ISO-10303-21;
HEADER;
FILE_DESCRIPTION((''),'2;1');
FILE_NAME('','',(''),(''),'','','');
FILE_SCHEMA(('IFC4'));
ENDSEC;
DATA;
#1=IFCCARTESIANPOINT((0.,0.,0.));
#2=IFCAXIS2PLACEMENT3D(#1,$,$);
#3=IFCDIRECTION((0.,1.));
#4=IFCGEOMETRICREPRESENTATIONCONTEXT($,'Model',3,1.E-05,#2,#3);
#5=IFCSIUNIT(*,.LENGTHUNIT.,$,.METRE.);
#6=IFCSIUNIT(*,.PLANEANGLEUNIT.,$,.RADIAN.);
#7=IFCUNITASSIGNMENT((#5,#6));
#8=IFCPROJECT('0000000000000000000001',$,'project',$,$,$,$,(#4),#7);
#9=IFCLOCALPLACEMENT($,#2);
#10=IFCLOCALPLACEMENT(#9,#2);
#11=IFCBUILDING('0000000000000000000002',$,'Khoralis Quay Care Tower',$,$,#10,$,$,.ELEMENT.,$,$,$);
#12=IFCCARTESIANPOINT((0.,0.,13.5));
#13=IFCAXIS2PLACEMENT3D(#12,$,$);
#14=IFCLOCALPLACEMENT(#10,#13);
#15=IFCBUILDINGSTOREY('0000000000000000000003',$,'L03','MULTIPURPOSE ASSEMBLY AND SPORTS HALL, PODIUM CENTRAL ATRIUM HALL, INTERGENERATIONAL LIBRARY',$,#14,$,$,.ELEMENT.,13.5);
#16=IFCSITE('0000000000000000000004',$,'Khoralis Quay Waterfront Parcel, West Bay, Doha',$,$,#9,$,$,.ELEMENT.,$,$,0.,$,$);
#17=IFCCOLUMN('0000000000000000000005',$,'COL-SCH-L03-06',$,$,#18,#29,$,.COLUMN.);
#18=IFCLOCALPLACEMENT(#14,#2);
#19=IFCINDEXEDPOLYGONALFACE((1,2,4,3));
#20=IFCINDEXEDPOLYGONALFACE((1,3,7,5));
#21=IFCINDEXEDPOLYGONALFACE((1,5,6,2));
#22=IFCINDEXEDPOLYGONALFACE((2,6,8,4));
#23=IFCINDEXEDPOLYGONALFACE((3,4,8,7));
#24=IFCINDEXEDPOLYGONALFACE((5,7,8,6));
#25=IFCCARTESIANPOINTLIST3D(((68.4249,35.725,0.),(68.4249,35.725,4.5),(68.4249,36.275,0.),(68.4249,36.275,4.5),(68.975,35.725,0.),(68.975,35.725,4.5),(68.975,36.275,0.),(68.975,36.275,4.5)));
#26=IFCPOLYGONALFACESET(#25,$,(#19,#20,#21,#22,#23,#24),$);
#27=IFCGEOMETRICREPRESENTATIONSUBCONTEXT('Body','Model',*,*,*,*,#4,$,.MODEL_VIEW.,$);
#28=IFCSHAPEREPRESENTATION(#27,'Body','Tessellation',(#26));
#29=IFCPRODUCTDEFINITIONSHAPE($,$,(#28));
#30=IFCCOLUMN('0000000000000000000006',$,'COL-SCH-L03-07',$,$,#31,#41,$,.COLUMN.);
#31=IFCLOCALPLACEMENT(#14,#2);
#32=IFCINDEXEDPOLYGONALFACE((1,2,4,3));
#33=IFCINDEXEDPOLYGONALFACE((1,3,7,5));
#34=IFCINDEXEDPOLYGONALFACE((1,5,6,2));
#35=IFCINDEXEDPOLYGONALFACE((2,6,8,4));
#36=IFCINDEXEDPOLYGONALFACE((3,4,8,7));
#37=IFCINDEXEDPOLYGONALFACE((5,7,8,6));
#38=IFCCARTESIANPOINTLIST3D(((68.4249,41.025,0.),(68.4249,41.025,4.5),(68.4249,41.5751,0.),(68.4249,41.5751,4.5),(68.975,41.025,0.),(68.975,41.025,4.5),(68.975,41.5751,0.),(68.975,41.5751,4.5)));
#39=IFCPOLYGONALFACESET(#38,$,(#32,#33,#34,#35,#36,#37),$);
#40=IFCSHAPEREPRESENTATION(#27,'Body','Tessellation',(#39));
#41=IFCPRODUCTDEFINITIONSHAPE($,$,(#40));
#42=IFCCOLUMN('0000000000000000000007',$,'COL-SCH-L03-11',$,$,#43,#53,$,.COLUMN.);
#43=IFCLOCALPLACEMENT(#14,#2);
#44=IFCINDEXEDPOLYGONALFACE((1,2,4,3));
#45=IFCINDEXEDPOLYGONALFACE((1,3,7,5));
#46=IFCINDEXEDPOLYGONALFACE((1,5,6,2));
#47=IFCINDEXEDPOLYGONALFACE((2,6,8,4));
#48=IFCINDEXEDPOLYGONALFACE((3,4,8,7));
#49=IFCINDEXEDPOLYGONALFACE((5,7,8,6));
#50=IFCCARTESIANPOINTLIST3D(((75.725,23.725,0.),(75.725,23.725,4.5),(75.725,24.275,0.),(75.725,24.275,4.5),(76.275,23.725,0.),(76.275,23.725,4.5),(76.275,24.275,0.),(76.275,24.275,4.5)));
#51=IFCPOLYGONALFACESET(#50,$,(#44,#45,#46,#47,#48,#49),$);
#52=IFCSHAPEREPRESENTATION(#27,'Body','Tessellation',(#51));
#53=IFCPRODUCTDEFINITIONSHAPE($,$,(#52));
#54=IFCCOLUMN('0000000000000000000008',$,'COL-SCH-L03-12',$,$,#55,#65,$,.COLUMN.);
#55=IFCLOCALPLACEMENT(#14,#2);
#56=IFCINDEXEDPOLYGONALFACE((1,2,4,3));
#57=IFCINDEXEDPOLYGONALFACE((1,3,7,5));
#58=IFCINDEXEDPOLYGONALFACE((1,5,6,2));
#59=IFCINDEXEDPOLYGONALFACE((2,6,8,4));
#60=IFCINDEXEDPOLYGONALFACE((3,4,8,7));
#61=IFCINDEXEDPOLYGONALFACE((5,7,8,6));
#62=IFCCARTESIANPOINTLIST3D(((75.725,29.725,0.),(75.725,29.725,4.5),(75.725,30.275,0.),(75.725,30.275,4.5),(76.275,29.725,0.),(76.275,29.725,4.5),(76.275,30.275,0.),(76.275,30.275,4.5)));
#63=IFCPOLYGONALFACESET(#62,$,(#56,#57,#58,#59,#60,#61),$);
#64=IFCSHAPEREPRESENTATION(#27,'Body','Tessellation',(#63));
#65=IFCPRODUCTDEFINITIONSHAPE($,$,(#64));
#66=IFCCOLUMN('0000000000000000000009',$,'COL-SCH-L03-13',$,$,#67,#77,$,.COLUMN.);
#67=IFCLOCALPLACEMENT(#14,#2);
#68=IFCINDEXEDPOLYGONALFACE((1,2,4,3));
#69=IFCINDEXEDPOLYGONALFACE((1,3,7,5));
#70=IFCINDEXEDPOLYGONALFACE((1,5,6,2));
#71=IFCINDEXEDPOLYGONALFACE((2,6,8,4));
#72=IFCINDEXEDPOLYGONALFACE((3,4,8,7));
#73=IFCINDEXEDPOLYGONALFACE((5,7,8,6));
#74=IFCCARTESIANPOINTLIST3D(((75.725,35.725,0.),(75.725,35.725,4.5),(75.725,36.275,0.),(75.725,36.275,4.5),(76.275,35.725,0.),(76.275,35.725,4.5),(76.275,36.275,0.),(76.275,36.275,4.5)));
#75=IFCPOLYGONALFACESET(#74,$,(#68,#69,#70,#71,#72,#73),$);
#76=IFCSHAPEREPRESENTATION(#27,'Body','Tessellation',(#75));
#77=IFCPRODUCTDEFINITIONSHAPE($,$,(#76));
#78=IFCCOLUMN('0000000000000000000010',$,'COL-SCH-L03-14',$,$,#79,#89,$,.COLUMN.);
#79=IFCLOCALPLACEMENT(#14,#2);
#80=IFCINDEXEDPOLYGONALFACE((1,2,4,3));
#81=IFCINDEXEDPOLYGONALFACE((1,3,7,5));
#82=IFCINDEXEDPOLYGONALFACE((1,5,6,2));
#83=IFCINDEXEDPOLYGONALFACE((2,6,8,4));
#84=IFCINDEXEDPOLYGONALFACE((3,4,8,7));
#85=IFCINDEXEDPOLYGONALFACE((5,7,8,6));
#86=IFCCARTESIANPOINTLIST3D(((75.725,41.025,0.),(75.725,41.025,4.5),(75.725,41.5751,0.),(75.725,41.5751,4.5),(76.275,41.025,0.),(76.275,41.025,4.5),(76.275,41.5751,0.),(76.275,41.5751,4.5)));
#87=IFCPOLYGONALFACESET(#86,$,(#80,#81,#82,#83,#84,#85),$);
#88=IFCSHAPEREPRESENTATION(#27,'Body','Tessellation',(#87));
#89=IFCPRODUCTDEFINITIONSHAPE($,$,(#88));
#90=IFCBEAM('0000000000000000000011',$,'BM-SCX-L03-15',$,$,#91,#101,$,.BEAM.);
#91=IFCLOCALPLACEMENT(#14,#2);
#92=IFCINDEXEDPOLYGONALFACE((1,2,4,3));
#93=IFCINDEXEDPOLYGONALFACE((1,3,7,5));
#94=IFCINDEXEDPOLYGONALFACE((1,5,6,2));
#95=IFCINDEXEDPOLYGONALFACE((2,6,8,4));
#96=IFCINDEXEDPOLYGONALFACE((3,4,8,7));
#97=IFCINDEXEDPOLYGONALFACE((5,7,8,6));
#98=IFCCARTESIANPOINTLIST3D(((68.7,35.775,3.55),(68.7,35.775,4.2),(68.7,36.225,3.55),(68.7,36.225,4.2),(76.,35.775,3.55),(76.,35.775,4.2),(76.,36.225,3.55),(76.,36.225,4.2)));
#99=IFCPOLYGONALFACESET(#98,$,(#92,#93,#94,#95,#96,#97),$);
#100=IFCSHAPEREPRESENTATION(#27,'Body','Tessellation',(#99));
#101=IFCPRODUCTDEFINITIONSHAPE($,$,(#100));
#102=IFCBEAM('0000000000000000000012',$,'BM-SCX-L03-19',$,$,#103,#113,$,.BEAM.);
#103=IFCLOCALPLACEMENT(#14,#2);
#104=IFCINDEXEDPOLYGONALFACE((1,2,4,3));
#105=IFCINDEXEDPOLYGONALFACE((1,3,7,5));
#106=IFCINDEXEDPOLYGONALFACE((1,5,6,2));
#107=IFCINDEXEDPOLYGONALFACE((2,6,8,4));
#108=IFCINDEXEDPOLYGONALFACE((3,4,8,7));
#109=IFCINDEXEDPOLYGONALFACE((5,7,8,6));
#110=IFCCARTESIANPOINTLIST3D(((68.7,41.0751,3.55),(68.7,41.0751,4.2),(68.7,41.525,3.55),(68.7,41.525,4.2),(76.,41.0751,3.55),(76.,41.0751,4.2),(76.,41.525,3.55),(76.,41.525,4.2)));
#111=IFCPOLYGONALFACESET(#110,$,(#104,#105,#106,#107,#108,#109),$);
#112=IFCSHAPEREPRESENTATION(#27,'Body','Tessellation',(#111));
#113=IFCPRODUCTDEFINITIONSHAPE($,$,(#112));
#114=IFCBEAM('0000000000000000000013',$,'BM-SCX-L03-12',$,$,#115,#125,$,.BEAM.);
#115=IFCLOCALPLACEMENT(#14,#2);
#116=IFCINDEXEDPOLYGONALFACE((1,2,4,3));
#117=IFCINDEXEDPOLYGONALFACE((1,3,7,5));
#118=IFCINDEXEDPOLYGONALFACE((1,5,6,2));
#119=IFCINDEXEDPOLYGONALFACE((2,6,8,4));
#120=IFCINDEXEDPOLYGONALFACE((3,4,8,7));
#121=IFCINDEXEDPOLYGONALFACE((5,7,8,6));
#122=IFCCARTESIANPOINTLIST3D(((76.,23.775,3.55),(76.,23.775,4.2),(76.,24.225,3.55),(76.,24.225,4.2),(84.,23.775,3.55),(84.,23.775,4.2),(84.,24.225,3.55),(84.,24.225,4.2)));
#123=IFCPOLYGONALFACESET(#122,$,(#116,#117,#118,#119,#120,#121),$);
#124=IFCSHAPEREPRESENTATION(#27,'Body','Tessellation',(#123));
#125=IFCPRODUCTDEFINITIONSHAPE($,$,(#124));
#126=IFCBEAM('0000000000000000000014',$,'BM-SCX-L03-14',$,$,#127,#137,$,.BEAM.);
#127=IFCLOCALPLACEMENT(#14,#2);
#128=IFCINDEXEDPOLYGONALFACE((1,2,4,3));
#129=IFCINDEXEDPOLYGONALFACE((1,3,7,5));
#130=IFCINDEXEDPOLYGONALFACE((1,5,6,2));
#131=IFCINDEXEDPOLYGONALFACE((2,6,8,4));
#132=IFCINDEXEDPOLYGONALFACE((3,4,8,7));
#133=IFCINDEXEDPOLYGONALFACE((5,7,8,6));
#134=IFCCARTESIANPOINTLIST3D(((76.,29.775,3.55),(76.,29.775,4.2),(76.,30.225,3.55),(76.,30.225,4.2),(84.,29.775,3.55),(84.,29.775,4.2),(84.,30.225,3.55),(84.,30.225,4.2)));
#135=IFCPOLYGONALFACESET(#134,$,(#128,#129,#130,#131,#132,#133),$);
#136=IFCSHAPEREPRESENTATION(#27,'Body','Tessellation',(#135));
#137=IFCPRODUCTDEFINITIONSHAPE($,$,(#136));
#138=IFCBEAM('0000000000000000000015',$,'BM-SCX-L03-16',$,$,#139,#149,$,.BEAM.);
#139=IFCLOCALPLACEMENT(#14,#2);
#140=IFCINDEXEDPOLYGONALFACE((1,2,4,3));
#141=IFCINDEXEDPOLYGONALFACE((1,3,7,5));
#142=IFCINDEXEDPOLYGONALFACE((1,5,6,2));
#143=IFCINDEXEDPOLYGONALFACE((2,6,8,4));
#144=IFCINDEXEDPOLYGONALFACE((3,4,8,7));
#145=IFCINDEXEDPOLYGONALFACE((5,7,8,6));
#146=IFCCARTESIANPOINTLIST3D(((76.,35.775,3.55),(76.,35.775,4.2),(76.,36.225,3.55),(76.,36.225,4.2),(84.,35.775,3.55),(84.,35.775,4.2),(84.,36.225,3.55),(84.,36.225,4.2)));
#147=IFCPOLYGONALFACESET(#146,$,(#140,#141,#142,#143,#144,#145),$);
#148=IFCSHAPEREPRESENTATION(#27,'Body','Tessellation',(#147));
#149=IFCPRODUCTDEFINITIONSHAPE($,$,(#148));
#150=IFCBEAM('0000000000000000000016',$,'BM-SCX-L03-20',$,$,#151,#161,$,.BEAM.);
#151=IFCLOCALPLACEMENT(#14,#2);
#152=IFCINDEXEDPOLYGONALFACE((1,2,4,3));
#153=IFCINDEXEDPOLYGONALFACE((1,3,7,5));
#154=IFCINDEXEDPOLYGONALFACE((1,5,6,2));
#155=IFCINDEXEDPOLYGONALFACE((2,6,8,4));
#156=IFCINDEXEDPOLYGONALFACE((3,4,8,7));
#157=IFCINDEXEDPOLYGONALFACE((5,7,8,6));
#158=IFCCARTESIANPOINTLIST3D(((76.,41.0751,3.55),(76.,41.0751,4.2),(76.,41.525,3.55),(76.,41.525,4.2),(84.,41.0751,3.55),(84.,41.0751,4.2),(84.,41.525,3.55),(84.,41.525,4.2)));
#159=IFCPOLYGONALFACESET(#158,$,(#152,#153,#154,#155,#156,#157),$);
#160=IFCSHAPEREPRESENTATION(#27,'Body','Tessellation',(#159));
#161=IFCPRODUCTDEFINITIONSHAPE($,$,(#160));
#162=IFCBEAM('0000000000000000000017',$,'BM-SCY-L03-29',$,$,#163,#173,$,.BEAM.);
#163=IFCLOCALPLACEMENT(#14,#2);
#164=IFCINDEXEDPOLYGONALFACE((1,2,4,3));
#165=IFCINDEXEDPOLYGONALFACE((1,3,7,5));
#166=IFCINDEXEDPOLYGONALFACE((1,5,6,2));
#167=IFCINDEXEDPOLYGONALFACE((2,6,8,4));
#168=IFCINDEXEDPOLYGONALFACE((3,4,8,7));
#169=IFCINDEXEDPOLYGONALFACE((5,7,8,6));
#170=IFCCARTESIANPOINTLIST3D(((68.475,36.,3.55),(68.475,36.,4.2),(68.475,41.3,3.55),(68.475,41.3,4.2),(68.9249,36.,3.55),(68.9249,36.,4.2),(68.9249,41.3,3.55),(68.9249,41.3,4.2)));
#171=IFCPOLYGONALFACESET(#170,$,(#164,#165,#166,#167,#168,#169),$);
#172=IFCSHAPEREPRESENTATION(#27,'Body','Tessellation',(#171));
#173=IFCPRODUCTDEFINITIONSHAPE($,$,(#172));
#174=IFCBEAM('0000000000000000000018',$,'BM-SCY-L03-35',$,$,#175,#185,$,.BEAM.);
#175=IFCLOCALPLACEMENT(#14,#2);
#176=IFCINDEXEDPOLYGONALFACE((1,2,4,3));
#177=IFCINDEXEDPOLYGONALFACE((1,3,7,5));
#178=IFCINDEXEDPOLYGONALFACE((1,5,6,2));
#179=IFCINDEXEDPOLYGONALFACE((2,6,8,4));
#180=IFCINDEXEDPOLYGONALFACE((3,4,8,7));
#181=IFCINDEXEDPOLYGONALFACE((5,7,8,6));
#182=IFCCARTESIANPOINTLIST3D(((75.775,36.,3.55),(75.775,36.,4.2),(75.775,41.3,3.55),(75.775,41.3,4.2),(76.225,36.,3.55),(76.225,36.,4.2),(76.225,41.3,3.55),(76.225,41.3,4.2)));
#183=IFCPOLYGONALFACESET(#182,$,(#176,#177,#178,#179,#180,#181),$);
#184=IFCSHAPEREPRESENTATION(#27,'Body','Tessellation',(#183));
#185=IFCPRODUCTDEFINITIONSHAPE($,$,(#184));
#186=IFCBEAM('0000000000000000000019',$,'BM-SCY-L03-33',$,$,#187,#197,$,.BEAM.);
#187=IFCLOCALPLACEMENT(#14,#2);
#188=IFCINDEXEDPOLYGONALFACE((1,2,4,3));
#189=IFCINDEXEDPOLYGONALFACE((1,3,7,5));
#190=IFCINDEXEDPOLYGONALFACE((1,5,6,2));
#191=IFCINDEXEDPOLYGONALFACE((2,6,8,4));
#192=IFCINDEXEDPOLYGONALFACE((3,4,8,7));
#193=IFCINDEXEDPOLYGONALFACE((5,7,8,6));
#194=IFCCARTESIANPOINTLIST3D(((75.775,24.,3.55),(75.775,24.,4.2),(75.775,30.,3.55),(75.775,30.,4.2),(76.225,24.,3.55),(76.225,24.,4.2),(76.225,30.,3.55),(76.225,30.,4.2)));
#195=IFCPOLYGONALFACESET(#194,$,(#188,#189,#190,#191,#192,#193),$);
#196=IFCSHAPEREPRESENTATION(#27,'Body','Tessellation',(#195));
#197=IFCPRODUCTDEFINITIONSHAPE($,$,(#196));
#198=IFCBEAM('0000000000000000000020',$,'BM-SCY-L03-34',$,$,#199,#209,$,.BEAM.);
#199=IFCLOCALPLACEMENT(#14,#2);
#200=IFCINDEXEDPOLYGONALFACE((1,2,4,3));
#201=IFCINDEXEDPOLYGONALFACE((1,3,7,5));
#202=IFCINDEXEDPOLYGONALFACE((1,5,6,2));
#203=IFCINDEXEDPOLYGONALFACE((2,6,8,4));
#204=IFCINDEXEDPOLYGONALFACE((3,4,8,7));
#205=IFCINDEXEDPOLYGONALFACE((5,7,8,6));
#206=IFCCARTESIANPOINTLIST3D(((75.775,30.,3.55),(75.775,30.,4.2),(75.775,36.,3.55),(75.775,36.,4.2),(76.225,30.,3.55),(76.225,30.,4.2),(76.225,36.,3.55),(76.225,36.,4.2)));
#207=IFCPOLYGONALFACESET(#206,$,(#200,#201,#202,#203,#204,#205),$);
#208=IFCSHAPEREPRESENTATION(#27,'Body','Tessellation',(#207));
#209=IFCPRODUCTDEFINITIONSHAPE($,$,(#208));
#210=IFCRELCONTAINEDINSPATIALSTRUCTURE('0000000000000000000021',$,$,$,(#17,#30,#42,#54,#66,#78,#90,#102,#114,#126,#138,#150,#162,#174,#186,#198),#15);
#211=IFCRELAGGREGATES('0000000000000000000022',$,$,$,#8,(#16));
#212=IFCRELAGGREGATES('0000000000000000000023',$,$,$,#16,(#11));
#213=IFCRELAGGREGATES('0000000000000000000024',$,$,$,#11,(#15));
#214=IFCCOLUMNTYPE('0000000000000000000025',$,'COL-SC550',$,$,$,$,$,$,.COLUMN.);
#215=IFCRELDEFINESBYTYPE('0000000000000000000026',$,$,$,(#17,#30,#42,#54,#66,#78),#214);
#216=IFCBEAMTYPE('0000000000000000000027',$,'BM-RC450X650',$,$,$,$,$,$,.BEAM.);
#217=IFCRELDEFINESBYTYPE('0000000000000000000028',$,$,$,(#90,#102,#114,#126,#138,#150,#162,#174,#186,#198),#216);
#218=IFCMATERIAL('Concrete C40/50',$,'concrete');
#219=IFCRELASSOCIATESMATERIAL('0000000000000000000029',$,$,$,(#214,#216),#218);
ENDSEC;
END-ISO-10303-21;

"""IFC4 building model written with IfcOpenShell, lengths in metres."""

from ifc_helpers import new_model, si_unit, direction, frame, origin, origin_2d, place, context, subcontext, project, spatial, rectangle, extrude, source, transform, mapped, material, material_profile, profile_set, type_object, element, save


model = new_model("IFC4")

# Units and contexts
model_context = context("Model", 3, precision=1e-05, world=origin(), true_north=direction((0.0, 1.0)))
body_context = subcontext(model_context, "Body", "Model", "MODEL_VIEW")
ifc_project = project(units=[si_unit("LENGTHUNIT", "METRE"), si_unit("PLANEANGLEUNIT", "RADIAN")], contexts=[model_context])

# Site, building, storey
site_placement = place(None, origin())
site = spatial("IfcSite", under=ifc_project, at=site_placement, Name="Khoralis Quay Waterfront Parcel, West Bay, Doha", CompositionType="ELEMENT", RefElevation=0.0)
building_placement = place(site_placement, origin())
building = spatial("IfcBuilding", under=site, at=building_placement, Name="Khoralis Quay Care Tower", CompositionType="ELEMENT")
storey_placement = place(building_placement, frame((0.0, 0.0, 13.5)))
storey = spatial("IfcBuildingStorey", under=building, at=storey_placement, Name="L03", Description="MULTIPURPOSE ASSEMBLY AND SPORTS HALL, PODIUM CENTRAL ATRIUM HALL, INTERGENERATIONAL LIBRARY", CompositionType="ELEMENT", Elevation=13.5)

# Columns
ifc_material_1 = material(Name="Concrete C40/50", Category="concrete")
ifc_material_profile_1 = material_profile(ifc_material_1, rectangle(XDim=0.55, YDim=0.55, at=origin_2d()), Name="Concrete C40/50")
ifc_profile_set_1 = profile_set([ifc_material_profile_1], Name="Concrete C40/50")
column_type = type_object("IfcColumnType", Name="COL-SC550", PredefinedType="COLUMN", material=ifc_profile_set_1)
shared_shape_1 = source(origin(), body_context, "Body", "SweptSolid", [
    extrude(rectangle(XDim=0.55, YDim=0.55, at=origin_2d()), origin(), (0.0, 0.0, 1.0), 4.5),
])
for number, where, z_axis, x_axis, name in (
    (1, (68.7, 36.0, 0.0), (0.0, 0.0, 1.0), (1.0, 0.0, 0.0), "COL-SCH-L03-06"),
    (2, (68.7, 41.3, 0.0), (0.0, 0.0, 1.0), (1.0, 0.0, 0.0), "COL-SCH-L03-07"),
    (3, (76.0, 24.0, 0.0), (0.0, 0.0, 1.0), (1.0, 0.0, 0.0), "COL-SCH-L03-11"),
    (4, (76.0, 30.0, 0.0), (0.0, 0.0, 1.0), (1.0, 0.0, 0.0), "COL-SCH-L03-12"),
    (5, (76.0, 36.0, 0.0), (0.0, 0.0, 1.0), (1.0, 0.0, 0.0), "COL-SCH-L03-13"),
    (6, (76.0, 41.3, 0.0), (0.0, 0.0, 1.0), (1.0, 0.0, 0.0), "COL-SCH-L03-14"),
):
    element("IfcColumn", number, at=place(storey_placement, frame(where, z_axis=z_axis, x_axis=x_axis)), inside=storey, type_object=column_type, Name=name, PredefinedType="COLUMN", context=body_context, shape_type="MappedRepresentation", body=[
        mapped(shared_shape_1, transform((0.0, 0.0, 0.0), scale=1.0)),
    ])

# Beams
ifc_material_profile_2 = material_profile(ifc_material_1, rectangle(XDim=0.45, YDim=0.6499, at=origin_2d()), Name="Concrete C40/50")
ifc_profile_set_2 = profile_set([ifc_material_profile_2], Name="Concrete C40/50")
beam_type_1 = type_object("IfcBeamType", Name="BM-RC450X650", PredefinedType="BEAM", material=ifc_profile_set_2)
shared_shape_2 = source(origin(), body_context, "Body", "SweptSolid", [
    extrude(rectangle(XDim=0.45, YDim=0.6499, at=origin_2d()), origin(), (0.0, 0.0, 1.0), 7.3),
])
for number, where, z_axis, x_axis, name in (
    (7, (68.7, 36.0, 3.875), (1.0, 0.0, 0.0), (0.0, 1.0, 0.0), "BM-SCX-L03-15"),
    (8, (68.7, 41.3, 3.875), (1.0, 0.0, 0.0), (0.0, 1.0, 0.0), "BM-SCX-L03-19"),
):
    element("IfcBeam", number, at=place(storey_placement, frame(where, z_axis=z_axis, x_axis=x_axis)), inside=storey, type_object=beam_type_1, Name=name, PredefinedType="BEAM", context=body_context, shape_type="MappedRepresentation", body=[
        mapped(shared_shape_2, transform((0.0, 0.0, 0.0), scale=1.0)),
    ])
shared_shape_3 = source(origin(), body_context, "Body", "SweptSolid", [
    extrude(rectangle(XDim=0.45, YDim=0.6499, at=origin_2d()), origin(), (0.0, 0.0, 1.0), 8.0),
])
for number, where, z_axis, x_axis, name in (
    (9, (76.0, 24.0, 3.875), (1.0, 0.0, 0.0), (0.0, 1.0, 0.0), "BM-SCX-L03-12"),
    (10, (76.0, 30.0, 3.875), (1.0, 0.0, 0.0), (0.0, 1.0, 0.0), "BM-SCX-L03-14"),
    (11, (76.0, 36.0, 3.875), (1.0, 0.0, 0.0), (0.0, 1.0, 0.0), "BM-SCX-L03-16"),
    (12, (76.0, 41.3, 3.875), (1.0, 0.0, 0.0), (0.0, 1.0, 0.0), "BM-SCX-L03-20"),
):
    element("IfcBeam", number, at=place(storey_placement, frame(where, z_axis=z_axis, x_axis=x_axis)), inside=storey, type_object=beam_type_1, Name=name, PredefinedType="BEAM", context=body_context, shape_type="MappedRepresentation", body=[
        mapped(shared_shape_3, transform((0.0, 0.0, 0.0), scale=1.0)),
    ])
shared_shape_4 = source(origin(), body_context, "Body", "SweptSolid", [
    extrude(rectangle(XDim=0.45, YDim=0.6499, at=origin_2d()), origin(), (0.0, 0.0, 1.0), 5.3),
])
for number, where, z_axis, x_axis, name in (
    (13, (68.7, 36.0, 3.875), (0.0, 1.0, 0.0), (-1.0, 0.0, 0.0), "BM-SCY-L03-29"),
    (14, (76.0, 36.0, 3.875), (0.0, 1.0, 0.0), (-1.0, 0.0, 0.0), "BM-SCY-L03-35"),
):
    element("IfcBeam", number, at=place(storey_placement, frame(where, z_axis=z_axis, x_axis=x_axis)), inside=storey, type_object=beam_type_1, Name=name, PredefinedType="BEAM", context=body_context, shape_type="MappedRepresentation", body=[
        mapped(shared_shape_4, transform((0.0, 0.0, 0.0), scale=1.0)),
    ])
shared_shape_5 = source(origin(), body_context, "Body", "SweptSolid", [
    extrude(rectangle(XDim=0.45, YDim=0.6499, at=origin_2d()), origin(), (0.0, 0.0, 1.0), 6.0),
])
for number, where, z_axis, x_axis, name in (
    (15, (76.0, 24.0, 3.875), (0.0, 1.0, 0.0), (-1.0, 0.0, 0.0), "BM-SCY-L03-33"),
    (16, (76.0, 30.0, 3.875), (0.0, 1.0, 0.0), (-1.0, 0.0, 0.0), "BM-SCY-L03-34"),
):
    element("IfcBeam", number, at=place(storey_placement, frame(where, z_axis=z_axis, x_axis=x_axis)), inside=storey, type_object=beam_type_1, Name=name, PredefinedType="BEAM", context=body_context, shape_type="MappedRepresentation", body=[
        mapped(shared_shape_5, transform((0.0, 0.0, 0.0), scale=1.0)),
    ])

save(model, "model.ifc")
